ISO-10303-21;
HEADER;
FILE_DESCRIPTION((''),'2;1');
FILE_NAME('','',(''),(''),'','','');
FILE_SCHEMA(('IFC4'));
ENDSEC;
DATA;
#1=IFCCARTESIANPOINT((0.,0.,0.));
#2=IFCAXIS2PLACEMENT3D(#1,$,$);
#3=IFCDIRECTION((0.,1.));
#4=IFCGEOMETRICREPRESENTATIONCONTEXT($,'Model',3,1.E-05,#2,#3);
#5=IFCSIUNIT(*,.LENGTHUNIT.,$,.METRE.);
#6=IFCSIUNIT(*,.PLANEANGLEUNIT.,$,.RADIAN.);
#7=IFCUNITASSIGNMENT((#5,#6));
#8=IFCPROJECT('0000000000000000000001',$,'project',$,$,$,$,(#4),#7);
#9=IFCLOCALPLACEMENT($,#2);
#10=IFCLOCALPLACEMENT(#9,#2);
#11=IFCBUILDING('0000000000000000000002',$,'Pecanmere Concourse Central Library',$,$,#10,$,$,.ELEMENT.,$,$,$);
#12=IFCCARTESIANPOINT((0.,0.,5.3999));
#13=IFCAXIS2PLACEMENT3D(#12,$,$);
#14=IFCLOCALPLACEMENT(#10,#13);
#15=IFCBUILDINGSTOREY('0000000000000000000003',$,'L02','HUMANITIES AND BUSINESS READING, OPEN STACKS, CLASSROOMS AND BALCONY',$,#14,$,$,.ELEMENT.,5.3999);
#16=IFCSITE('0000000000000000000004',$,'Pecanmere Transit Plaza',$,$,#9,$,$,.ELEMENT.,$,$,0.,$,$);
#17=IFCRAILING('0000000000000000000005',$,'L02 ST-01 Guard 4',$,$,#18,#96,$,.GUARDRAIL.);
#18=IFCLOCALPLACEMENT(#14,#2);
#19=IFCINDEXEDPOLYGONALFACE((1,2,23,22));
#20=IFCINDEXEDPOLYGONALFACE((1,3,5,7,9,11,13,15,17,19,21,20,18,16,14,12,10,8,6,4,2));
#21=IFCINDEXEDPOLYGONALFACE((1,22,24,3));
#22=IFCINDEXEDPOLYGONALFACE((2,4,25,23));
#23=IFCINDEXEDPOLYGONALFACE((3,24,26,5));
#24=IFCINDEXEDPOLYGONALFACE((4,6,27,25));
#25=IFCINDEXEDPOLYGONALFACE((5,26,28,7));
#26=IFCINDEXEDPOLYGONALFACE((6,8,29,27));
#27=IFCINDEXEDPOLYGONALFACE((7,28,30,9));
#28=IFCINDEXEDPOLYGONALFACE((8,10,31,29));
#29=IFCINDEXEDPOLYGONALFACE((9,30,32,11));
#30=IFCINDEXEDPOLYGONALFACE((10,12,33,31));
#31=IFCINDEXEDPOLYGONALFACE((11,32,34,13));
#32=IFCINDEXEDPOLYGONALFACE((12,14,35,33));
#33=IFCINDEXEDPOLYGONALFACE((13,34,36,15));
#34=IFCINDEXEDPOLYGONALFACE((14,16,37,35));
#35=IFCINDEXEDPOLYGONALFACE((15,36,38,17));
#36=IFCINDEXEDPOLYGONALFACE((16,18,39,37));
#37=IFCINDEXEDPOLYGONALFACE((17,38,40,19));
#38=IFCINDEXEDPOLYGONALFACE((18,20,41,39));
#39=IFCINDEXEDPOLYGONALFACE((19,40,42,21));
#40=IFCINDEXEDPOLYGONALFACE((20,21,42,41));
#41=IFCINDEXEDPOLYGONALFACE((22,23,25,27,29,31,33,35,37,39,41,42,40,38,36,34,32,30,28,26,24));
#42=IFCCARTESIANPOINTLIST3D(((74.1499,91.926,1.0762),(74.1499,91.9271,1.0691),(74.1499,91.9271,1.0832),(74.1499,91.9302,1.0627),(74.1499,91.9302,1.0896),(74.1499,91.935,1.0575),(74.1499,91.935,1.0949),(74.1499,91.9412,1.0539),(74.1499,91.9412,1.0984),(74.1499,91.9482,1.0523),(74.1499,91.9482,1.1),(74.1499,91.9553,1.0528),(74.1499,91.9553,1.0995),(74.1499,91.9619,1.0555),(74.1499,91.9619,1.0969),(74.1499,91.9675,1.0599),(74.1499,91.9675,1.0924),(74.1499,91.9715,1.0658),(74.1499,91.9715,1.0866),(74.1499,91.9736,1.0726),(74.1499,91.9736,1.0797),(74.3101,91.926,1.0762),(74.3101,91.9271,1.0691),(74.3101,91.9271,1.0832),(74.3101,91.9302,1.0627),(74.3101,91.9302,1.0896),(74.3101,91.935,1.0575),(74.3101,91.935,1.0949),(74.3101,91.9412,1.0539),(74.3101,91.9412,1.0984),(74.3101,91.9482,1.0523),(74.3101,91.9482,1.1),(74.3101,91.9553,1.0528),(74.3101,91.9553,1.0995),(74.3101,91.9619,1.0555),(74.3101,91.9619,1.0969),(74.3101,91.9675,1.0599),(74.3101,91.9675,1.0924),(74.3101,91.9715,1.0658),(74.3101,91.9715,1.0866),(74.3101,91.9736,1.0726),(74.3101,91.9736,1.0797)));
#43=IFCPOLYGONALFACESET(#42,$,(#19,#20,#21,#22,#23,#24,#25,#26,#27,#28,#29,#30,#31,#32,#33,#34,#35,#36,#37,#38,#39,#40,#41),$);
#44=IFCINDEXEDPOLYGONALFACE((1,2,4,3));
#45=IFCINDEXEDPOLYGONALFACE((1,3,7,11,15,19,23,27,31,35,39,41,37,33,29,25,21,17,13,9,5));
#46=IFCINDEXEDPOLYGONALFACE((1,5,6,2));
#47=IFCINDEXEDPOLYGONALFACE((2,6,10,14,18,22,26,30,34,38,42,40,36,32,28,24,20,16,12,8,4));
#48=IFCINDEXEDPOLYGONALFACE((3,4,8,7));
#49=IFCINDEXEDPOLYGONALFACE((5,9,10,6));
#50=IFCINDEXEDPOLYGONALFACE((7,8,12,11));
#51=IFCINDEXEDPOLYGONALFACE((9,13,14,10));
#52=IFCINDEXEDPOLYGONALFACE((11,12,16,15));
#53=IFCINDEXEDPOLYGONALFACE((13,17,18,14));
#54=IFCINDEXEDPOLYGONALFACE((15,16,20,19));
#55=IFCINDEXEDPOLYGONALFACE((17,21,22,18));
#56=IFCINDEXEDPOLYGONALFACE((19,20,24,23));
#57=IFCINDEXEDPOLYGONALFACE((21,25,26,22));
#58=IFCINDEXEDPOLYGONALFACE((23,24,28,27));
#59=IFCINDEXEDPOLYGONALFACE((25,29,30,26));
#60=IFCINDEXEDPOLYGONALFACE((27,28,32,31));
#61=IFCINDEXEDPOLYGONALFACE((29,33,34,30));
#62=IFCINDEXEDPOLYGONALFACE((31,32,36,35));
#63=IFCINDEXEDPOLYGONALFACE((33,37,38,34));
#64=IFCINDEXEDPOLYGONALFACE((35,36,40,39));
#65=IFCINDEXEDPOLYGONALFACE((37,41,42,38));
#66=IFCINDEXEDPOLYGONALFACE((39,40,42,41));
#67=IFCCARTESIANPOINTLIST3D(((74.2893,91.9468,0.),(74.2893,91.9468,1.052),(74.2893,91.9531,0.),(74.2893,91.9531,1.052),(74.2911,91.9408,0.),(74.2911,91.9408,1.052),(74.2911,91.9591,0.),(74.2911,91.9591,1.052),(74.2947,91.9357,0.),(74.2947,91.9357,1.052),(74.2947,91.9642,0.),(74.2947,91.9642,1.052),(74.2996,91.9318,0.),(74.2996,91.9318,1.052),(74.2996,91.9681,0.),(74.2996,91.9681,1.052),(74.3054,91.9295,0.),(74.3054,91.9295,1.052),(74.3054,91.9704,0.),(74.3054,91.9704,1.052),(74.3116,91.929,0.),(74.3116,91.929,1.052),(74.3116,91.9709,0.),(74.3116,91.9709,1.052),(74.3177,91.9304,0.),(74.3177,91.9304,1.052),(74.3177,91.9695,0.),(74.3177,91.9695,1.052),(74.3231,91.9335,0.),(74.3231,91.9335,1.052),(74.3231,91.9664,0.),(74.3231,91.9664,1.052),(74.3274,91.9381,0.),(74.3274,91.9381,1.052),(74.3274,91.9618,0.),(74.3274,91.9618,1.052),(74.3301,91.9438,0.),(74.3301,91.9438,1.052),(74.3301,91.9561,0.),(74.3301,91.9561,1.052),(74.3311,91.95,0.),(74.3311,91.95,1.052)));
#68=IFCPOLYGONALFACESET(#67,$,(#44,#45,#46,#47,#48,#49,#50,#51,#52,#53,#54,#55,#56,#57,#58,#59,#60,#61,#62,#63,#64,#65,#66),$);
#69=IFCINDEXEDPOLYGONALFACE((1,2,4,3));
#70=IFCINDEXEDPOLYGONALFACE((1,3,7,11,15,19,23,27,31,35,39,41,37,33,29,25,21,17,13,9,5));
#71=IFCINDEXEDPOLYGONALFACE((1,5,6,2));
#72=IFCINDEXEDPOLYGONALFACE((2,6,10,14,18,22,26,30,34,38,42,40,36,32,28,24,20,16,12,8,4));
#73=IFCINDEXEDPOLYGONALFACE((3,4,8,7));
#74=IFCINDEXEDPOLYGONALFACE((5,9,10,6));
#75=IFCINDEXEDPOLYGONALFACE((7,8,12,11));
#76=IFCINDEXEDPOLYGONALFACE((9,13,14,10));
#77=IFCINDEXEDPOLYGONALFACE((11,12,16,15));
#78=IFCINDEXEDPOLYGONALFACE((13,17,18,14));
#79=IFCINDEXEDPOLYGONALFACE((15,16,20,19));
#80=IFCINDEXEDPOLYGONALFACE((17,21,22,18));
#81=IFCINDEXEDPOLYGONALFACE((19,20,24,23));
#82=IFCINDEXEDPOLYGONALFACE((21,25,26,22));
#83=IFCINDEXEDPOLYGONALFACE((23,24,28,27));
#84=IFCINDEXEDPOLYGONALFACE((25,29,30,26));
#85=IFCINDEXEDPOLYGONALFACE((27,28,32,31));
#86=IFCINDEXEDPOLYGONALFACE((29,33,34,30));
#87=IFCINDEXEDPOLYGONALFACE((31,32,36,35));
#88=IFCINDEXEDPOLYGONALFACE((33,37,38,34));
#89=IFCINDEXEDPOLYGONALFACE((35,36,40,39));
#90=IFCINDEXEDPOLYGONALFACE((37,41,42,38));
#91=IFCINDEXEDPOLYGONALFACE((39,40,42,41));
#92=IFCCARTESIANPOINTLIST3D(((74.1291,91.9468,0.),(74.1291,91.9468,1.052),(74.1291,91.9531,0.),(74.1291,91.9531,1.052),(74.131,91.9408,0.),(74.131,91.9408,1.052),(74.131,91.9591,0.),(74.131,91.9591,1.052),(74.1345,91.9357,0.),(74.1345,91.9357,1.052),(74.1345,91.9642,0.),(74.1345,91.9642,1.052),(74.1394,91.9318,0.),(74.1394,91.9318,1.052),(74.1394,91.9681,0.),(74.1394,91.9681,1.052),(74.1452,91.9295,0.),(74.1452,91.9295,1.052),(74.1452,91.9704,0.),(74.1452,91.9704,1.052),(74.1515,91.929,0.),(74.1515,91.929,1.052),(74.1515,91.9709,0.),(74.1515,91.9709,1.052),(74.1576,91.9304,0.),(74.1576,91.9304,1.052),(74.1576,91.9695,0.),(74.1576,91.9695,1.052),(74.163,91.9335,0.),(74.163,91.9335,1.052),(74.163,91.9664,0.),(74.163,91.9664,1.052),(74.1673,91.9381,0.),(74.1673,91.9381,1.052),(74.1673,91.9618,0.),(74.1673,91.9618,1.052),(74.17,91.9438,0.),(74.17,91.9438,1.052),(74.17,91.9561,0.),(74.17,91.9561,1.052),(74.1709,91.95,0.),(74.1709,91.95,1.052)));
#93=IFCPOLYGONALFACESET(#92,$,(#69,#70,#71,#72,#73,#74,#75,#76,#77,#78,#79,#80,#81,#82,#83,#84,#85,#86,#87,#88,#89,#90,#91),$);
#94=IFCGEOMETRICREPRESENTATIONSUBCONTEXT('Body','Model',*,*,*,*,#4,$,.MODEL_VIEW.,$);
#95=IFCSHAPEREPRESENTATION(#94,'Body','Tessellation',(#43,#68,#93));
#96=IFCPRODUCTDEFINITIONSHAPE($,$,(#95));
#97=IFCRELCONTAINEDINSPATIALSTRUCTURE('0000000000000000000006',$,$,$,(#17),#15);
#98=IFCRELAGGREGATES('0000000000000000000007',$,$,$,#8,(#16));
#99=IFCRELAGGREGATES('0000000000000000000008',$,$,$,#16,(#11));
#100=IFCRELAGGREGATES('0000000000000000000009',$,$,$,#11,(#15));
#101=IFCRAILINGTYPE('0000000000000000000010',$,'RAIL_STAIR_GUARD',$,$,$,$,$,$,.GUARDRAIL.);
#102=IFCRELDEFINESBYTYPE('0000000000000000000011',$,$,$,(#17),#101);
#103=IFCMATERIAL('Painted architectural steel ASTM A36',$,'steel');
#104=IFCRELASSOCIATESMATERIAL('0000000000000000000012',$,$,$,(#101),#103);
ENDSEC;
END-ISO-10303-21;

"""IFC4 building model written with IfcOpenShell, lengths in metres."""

from ifc_helpers import new_model, si_unit, direction, frame, origin, origin_2d, place, context, subcontext, project, spatial, circle, extrude, material, type_object, element, save


model = new_model("IFC4")

# Units and contexts
model_context = context("Model", 3, precision=1e-05, world=origin(), true_north=direction((0.0, 1.0)))
body_context = subcontext(model_context, "Body", "Model", "MODEL_VIEW")
ifc_project = project(units=[si_unit("LENGTHUNIT", "METRE"), si_unit("PLANEANGLEUNIT", "RADIAN")], contexts=[model_context])

# Site, building, storey
site_placement = place(None, origin())
site = spatial("IfcSite", under=ifc_project, at=site_placement, Name="Pecanmere Transit Plaza", CompositionType="ELEMENT", RefElevation=0.0)
building_placement = place(site_placement, origin())
building = spatial("IfcBuilding", under=site, at=building_placement, Name="Pecanmere Concourse Central Library", CompositionType="ELEMENT")
storey_placement = place(building_placement, frame((0.0, 0.0, 5.3999)))
storey = spatial("IfcBuildingStorey", under=building, at=storey_placement, Name="L02", Description="HUMANITIES AND BUSINESS READING, OPEN STACKS, CLASSROOMS AND BALCONY", CompositionType="ELEMENT", Elevation=5.3999)

# Railing
ifc_material_1 = material(Name="Painted architectural steel ASTM A36", Category="steel")
railing_type_1 = type_object("IfcRailingType", Name="RAIL_STAIR_GUARD", PredefinedType="GUARDRAIL", material=ifc_material_1)
railing_1_placement = place(storey_placement, frame((74.3101, 91.95, 0.0)))
element("IfcRailing", 1, at=railing_1_placement, inside=storey, type_object=railing_type_1, Name="L02 ST-01 Guard 4", PredefinedType="GUARDRAIL", context=body_context, shape_type="SweptSolid", body=[
    extrude(circle(Radius=0.0239, at=origin_2d()), frame((0.0, 0.0, 1.0762), z_axis=(-1.0, 0.0, 0.0), x_axis=(0.0, -1.0, 0.0)), (0.0, 0.0, 1.0), 0.1602),
    extrude(circle(Radius=0.021, at=origin_2d()), origin(), (0.0, 0.0, 1.0), 1.052),
    extrude(circle(Radius=0.021, at=origin_2d()), frame((-0.1602, 0.0, 0.0)), (0.0, 0.0, 1.0), 1.052),
])

save(model, "model.ifc")
